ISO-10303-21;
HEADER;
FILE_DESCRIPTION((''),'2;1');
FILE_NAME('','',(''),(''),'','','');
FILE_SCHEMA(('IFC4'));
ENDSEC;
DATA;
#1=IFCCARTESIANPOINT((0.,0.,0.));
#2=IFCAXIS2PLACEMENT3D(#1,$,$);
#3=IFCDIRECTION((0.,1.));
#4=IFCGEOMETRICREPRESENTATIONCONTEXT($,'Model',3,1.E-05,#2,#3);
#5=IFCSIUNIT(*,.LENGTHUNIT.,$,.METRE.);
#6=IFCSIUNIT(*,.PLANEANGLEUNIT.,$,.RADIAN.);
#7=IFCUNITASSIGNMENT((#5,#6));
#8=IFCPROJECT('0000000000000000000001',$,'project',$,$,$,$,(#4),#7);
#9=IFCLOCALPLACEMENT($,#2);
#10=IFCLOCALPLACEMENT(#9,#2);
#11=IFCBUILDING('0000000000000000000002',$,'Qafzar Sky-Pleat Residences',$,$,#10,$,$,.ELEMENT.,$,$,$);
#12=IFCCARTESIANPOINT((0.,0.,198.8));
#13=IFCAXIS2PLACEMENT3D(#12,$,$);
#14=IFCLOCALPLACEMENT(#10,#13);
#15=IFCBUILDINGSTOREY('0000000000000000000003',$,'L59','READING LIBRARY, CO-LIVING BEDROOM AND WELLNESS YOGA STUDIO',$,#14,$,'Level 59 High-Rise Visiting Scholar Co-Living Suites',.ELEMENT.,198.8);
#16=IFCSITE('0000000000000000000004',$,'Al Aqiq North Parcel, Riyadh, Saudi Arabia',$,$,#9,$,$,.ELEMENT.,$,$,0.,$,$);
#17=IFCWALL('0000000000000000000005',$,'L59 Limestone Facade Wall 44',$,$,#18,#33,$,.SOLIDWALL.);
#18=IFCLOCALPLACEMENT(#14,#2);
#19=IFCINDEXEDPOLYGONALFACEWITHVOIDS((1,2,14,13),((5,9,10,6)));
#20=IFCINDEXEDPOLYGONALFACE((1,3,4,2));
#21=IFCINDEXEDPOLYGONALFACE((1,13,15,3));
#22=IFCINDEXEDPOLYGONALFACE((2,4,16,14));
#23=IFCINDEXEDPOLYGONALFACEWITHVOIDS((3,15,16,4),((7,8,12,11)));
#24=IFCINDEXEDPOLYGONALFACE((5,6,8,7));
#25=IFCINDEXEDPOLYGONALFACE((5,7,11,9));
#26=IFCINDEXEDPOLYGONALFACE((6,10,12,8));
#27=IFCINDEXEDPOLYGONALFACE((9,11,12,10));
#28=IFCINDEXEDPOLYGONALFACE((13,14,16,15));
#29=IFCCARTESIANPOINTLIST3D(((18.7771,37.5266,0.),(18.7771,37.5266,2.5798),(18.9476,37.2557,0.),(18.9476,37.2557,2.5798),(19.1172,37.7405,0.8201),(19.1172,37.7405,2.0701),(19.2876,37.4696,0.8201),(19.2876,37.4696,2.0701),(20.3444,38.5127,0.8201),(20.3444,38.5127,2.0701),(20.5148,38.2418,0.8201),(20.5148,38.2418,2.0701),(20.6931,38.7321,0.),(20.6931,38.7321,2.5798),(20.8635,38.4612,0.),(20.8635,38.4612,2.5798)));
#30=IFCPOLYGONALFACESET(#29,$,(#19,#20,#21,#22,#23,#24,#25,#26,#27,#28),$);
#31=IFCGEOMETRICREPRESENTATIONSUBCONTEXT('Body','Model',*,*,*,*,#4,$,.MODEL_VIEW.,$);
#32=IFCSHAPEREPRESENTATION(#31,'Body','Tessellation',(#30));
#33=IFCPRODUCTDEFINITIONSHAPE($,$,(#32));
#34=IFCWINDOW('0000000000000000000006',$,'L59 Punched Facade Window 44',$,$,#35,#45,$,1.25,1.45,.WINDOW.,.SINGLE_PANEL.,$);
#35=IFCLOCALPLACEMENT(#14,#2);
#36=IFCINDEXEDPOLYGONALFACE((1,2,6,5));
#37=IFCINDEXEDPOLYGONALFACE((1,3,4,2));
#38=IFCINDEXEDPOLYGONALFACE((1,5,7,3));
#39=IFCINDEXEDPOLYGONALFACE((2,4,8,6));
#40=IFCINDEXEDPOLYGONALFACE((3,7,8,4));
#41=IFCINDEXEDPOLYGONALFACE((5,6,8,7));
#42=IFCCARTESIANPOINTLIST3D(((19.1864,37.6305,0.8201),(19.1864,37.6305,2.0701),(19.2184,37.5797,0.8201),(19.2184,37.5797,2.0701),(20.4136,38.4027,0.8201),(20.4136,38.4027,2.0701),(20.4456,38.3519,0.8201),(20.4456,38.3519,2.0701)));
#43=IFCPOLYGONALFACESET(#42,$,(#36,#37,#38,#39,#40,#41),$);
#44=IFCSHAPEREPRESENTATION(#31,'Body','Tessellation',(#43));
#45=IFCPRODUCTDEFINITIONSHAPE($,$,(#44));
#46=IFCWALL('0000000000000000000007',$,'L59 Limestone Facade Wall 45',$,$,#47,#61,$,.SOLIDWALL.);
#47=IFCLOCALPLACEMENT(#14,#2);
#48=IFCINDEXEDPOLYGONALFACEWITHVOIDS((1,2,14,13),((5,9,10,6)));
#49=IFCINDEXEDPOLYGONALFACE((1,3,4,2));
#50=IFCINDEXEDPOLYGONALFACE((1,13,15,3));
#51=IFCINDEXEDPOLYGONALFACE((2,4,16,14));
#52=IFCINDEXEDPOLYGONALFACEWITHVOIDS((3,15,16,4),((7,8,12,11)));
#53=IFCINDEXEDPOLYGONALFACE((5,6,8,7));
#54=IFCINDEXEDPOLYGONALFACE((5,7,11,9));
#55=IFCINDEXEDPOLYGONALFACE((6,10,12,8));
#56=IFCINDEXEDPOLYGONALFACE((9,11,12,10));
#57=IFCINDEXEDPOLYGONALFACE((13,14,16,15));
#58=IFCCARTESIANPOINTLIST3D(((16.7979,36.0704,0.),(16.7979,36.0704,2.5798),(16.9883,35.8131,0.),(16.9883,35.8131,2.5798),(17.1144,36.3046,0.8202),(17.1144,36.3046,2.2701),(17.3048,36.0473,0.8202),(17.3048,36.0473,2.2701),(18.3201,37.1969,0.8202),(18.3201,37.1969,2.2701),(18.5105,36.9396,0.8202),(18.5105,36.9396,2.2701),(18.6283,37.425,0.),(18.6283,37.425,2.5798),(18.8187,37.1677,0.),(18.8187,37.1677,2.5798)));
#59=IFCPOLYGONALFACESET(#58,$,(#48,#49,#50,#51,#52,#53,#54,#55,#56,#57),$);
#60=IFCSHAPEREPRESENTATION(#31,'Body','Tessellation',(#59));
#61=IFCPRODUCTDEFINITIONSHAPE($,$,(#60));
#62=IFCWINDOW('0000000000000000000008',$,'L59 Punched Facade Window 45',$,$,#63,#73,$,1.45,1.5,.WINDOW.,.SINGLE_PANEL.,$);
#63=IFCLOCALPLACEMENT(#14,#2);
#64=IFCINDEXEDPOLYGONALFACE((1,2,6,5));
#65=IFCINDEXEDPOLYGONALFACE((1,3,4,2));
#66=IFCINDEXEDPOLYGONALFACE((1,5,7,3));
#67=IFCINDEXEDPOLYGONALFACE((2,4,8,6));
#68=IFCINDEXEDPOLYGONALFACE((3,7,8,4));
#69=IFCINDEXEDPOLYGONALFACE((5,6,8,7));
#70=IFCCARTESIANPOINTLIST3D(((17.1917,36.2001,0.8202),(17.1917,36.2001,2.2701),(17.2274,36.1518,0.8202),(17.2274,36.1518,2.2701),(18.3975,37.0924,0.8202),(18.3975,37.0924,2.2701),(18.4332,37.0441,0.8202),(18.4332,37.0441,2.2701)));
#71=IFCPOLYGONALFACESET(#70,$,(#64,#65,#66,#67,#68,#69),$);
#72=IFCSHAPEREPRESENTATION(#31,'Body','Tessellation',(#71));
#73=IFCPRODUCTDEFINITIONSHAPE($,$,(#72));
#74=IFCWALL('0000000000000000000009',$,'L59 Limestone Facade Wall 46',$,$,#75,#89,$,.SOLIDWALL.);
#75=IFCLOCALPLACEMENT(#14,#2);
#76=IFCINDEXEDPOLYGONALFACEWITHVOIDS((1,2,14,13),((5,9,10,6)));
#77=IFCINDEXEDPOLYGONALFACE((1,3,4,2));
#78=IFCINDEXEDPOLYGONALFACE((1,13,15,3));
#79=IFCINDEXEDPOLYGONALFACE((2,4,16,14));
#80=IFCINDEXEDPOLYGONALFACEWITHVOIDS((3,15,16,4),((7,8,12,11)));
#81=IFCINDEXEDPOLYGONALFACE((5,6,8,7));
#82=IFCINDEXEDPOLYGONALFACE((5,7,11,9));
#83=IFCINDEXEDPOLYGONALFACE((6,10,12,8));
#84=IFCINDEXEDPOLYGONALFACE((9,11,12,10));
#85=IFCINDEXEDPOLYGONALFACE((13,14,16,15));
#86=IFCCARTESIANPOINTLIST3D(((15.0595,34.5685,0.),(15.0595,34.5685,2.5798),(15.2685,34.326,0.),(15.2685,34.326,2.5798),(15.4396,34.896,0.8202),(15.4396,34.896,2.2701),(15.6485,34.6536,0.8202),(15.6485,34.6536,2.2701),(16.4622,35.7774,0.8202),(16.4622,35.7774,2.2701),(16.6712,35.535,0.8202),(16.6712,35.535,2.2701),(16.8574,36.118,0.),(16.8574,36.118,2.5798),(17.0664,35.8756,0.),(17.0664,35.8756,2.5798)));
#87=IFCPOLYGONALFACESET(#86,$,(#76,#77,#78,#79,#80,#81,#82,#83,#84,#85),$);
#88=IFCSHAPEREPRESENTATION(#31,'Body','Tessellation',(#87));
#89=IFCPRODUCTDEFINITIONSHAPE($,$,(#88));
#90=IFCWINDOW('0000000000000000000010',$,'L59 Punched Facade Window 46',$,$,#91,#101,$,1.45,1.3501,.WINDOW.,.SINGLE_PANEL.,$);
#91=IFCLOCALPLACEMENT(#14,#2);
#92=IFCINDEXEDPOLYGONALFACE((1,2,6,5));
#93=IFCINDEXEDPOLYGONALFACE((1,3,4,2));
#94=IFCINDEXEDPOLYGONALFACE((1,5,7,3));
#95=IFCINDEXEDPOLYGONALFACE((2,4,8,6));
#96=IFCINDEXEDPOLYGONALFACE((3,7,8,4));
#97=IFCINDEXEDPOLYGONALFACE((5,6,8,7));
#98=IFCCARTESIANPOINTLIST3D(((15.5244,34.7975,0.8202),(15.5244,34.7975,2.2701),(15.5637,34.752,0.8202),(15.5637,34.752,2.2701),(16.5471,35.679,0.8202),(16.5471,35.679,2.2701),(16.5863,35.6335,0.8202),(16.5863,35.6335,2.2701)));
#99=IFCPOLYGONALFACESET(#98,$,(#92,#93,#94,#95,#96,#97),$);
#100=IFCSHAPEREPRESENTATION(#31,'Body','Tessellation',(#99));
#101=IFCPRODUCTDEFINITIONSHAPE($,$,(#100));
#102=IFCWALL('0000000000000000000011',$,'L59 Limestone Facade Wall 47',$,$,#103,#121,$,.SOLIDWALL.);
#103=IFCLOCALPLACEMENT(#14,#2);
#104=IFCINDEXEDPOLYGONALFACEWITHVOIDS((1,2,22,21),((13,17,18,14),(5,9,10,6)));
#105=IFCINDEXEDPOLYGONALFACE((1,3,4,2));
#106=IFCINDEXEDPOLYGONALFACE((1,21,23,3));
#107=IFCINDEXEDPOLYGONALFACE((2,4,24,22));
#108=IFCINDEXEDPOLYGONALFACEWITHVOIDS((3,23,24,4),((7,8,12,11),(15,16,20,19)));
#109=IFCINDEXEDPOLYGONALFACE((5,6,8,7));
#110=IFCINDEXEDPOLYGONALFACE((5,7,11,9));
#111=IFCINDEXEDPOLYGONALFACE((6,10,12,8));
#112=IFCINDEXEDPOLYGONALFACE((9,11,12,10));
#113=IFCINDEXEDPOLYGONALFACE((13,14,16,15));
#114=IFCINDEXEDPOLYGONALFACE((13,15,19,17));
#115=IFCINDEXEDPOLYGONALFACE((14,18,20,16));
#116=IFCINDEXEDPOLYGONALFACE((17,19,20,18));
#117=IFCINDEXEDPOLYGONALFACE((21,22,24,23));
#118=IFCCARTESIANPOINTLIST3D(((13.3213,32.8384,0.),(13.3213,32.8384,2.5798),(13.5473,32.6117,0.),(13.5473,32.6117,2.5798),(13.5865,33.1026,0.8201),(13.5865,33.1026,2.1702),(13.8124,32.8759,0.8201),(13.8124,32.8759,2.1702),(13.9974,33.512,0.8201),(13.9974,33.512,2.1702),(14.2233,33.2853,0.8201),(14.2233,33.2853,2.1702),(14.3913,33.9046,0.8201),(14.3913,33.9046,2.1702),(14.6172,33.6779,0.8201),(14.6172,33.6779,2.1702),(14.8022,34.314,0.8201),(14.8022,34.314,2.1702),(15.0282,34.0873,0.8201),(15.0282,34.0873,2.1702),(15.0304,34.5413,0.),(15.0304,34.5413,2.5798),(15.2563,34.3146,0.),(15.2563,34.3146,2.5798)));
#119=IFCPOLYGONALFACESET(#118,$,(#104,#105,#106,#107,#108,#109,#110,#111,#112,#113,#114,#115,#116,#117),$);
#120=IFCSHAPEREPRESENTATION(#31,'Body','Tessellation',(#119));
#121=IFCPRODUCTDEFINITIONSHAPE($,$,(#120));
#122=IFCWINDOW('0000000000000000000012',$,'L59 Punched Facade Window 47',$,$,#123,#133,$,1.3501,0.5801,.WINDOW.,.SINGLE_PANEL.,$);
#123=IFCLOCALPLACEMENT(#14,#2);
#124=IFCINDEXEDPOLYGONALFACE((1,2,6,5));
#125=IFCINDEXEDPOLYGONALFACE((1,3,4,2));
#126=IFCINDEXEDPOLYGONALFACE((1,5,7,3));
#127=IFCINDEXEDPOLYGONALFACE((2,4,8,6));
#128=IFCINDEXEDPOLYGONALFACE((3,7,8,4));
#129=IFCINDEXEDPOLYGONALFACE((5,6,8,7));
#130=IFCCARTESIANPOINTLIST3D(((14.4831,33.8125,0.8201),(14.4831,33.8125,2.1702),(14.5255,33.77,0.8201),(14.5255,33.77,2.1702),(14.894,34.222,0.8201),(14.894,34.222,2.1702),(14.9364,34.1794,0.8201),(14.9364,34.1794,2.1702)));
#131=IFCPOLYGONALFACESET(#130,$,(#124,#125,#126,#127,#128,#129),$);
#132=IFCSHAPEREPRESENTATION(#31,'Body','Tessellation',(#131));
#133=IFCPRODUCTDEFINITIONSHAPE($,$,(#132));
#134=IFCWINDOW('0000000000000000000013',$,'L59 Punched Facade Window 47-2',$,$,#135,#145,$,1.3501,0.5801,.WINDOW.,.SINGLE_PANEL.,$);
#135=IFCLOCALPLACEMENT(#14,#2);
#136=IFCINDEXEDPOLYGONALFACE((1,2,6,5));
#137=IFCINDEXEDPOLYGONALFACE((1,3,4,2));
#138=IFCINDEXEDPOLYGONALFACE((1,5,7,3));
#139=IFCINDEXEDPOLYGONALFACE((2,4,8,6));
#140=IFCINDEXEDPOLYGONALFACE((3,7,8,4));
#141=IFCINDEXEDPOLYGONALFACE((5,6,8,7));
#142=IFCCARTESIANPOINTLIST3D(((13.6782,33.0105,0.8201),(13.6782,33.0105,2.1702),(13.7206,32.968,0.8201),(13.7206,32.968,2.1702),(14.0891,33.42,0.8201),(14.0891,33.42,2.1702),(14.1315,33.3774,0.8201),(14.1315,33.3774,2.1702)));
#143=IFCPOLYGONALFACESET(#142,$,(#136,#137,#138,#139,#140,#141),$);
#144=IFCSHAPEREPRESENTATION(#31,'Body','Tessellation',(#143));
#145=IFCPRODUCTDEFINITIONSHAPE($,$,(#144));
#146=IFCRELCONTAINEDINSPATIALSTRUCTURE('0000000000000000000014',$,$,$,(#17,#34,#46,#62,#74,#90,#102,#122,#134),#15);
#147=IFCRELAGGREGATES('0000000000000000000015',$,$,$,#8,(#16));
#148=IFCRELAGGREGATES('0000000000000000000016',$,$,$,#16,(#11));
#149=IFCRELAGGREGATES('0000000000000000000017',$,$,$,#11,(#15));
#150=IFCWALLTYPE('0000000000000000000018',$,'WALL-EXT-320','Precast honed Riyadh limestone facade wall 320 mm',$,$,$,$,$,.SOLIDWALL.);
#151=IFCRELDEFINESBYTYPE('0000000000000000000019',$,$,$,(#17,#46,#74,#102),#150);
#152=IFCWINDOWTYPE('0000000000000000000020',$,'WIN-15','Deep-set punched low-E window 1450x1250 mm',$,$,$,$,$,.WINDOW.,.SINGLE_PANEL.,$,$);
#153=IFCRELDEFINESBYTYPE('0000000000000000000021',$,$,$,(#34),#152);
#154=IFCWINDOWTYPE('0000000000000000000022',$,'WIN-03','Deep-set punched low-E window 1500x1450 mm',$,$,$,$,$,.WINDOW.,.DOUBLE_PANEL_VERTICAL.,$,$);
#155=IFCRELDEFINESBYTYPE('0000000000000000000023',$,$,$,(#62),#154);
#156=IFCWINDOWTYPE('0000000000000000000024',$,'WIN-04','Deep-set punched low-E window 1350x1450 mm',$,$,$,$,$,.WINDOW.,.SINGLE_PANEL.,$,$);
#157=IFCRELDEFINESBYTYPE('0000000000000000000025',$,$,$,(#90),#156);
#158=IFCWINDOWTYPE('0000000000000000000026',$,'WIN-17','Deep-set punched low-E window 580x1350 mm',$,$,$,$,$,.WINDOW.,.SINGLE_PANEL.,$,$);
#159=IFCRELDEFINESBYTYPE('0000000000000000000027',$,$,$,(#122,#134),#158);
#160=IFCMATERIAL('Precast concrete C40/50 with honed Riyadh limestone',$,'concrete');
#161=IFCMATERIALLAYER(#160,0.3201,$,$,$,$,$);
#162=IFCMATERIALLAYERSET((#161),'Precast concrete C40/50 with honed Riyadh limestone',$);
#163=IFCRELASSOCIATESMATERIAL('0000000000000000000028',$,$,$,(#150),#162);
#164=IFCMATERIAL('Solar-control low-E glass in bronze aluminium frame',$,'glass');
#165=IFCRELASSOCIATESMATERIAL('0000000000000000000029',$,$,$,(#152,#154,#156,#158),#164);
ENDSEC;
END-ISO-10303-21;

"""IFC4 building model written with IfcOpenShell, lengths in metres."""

from ifc_helpers import new_model, si_unit, direction, frame, frame_2d, origin, place, context, subcontext, project, spatial, rectangle, extrude, source, transform, mapped, material, layer, layer_set, type_object, element, fill, save


model = new_model("IFC4")

# Units and contexts
model_context = context("Model", 3, precision=1e-05, world=origin(), true_north=direction((0.0, 1.0)))
body_context = subcontext(model_context, "Body", "Model", "MODEL_VIEW")
ifc_project = project(units=[si_unit("LENGTHUNIT", "METRE"), si_unit("PLANEANGLEUNIT", "RADIAN")], contexts=[model_context])

# Site, building, storey
site_placement = place(None, origin())
site = spatial("IfcSite", under=ifc_project, at=site_placement, Name="Al Aqiq North Parcel, Riyadh, Saudi Arabia", CompositionType="ELEMENT", RefElevation=0.0)
building_placement = place(site_placement, origin())
building = spatial("IfcBuilding", under=site, at=building_placement, Name="Qafzar Sky-Pleat Residences", CompositionType="ELEMENT")
storey_placement = place(building_placement, frame((0.0, 0.0, 198.8)))
storey = spatial("IfcBuildingStorey", under=building, at=storey_placement, Name="L59", Description="READING LIBRARY, CO-LIVING BEDROOM AND WELLNESS YOGA STUDIO", LongName="Level 59 High-Rise Visiting Scholar Co-Living Suites", CompositionType="ELEMENT", Elevation=198.8)

# Walls, openings, windows
ifc_material_1 = material(Name="Precast concrete C40/50 with honed Riyadh limestone", Category="concrete")
ifc_layer_1 = layer(ifc_material_1, 0.3201)
ifc_layer_set_1 = layer_set([ifc_layer_1], Name="Precast concrete C40/50 with honed Riyadh limestone")
wall_type_1 = type_object("IfcWallType", Name="WALL-EXT-320", Description="Precast honed Riyadh limestone facade wall 320 mm", PredefinedType="SOLIDWALL", material=ifc_layer_set_1)
wall_1_placement = place(storey_placement, frame((20.7783, 38.5967, 0.0), z_axis=(0.0, 0.0, 1.0), x_axis=(-0.846395, -0.532556, 0.0)))
wall_1 = element("IfcWall", 1, at=wall_1_placement, inside=storey, type_object=wall_type_1, Name="L59 Limestone Facade Wall 44", PredefinedType="SOLIDWALL", context=body_context, shape_type="SweptSolid", body=[
    extrude(rectangle(XDim=2.2637, YDim=0.3201, at=frame_2d((1.1318, 0.0))), origin(), (0.0, 0.0, 1.0), 2.5798),
])
opening_1_placement = place(wall_1_placement, frame((0.4119, 0.0, 0.8201)))
opening_1 = element("IfcOpeningElement", 2, at=opening_1_placement, cuts=wall_1, PredefinedType="OPENING", context=body_context, shape_type="SweptSolid", body=[
    extrude(rectangle(XDim=1.45, YDim=1.25, at=frame_2d((0.7251, 0.625))), frame((0.0, 0.1699, 0.0), z_axis=(0.0, -1.0, 0.0), x_axis=(1.0, 0.0, 0.0)), (0.0, 0.0, 1.0), 0.3401),
])
ifc_material_2 = material(Name="Solar-control low-E glass in bronze aluminium frame", Category="glass")
window_type_1 = type_object("IfcWindowType", Name="WIN-15", Description="Deep-set punched low-E window 1450x1250 mm", PartitioningType="SINGLE_PANEL", PredefinedType="WINDOW", material=ifc_material_2)
shared_shape_1 = source(origin(), body_context, "Body", "SweptSolid", [
    extrude(rectangle(XDim=1.45, YDim=1.25, at=frame_2d((0.7251, 0.625))), frame((0.0, 0.03, 0.0), z_axis=(0.0, -1.0, 0.0), x_axis=(1.0, 0.0, 0.0)), (0.0, 0.0, 1.0), 0.0601),
])
window_1_placement = place(opening_1_placement, origin())
window_1 = element("IfcWindow", 3, at=window_1_placement, inside=storey, type_object=window_type_1, Name="L59 Punched Facade Window 44", OverallHeight=1.25, OverallWidth=1.45, PartitioningType="SINGLE_PANEL", PredefinedType="WINDOW", context=body_context, shape_type="MappedRepresentation", body=[
    mapped(shared_shape_1, transform((0.0, 0.0, 0.0), x_axis=(1.0, 0.0, 0.0), y_axis=(0.0, 1.0, 0.0), z_axis=(0.0, 0.0, 1.0), scale=1.0)),
])
fill(opening_1, window_1)
wall_2_placement = place(storey_placement, frame((18.7236, 37.2964, 0.0), z_axis=(0.0, 0.0, 1.0), x_axis=(-0.803831, -0.594858, 0.0)))
wall_2 = element("IfcWall", 4, at=wall_2_placement, inside=storey, type_object=wall_type_1, Name="L59 Limestone Facade Wall 45", PredefinedType="SOLIDWALL", context=body_context, shape_type="SweptSolid", body=[
    extrude(rectangle(XDim=2.2771, YDim=0.3201, at=frame_2d((1.1387, 0.0))), origin(), (0.0, 0.0, 1.0), 2.5798),
])
opening_2_placement = place(wall_2_placement, frame((0.3835, 0.0, 0.8201)))
opening_2 = element("IfcOpeningElement", 5, at=opening_2_placement, cuts=wall_2, PredefinedType="OPENING", context=body_context, shape_type="SweptSolid", body=[
    extrude(rectangle(XDim=1.5, YDim=1.45, at=frame_2d((0.75, 0.7251))), frame((0.0, 0.1699, 0.0), z_axis=(0.0, -1.0, 0.0), x_axis=(1.0, 0.0, 0.0)), (0.0, 0.0, 1.0), 0.3401),
])
window_type_2 = type_object("IfcWindowType", Name="WIN-03", Description="Deep-set punched low-E window 1500x1450 mm", PartitioningType="DOUBLE_PANEL_VERTICAL", PredefinedType="WINDOW", material=ifc_material_2)
shared_shape_2 = source(origin(), body_context, "Body", "SweptSolid", [
    extrude(rectangle(XDim=1.5, YDim=1.45, at=frame_2d((0.75, 0.7251))), frame((0.0, 0.03, 0.0), z_axis=(0.0, -1.0, 0.0), x_axis=(1.0, 0.0, 0.0)), (0.0, 0.0, 1.0), 0.0601),
])
window_2_placement = place(opening_2_placement, origin())
window_2 = element("IfcWindow", 6, at=window_2_placement, inside=storey, type_object=window_type_2, Name="L59 Punched Facade Window 45", OverallHeight=1.45, OverallWidth=1.5, PartitioningType="SINGLE_PANEL", PredefinedType="WINDOW", context=body_context, shape_type="MappedRepresentation", body=[
    mapped(shared_shape_2, transform((0.0, 0.0, 0.0), x_axis=(1.0, 0.0, 0.0), y_axis=(0.0, 1.0, 0.0), z_axis=(0.0, 0.0, 1.0), scale=1.0)),
])
fill(opening_2, window_2)
wall_3_placement = place(storey_placement, frame((16.9619, 35.9968, 0.0), z_axis=(0.0, 0.0, 1.0), x_axis=(-0.757475, -0.652864, 0.0)))
wall_3 = element("IfcWall", 7, at=wall_3_placement, inside=storey, type_object=wall_type_1, Name="L59 Limestone Facade Wall 46", PredefinedType="SOLIDWALL", context=body_context, shape_type="SweptSolid", body=[
    extrude(rectangle(XDim=2.3735, YDim=0.3201, at=frame_2d((1.1868, 0.0))), origin(), (0.0, 0.0, 1.0), 2.5798),
])
opening_3_placement = place(wall_3_placement, frame((0.5217, 0.0, 0.8201)))
opening_3 = element("IfcOpeningElement", 8, at=opening_3_placement, cuts=wall_3, PredefinedType="OPENING", context=body_context, shape_type="SweptSolid", body=[
    extrude(rectangle(XDim=1.3501, YDim=1.45, at=frame_2d((0.675, 0.7251))), frame((0.0, 0.1699, 0.0), z_axis=(0.0, -1.0, 0.0), x_axis=(1.0, 0.0, 0.0)), (0.0, 0.0, 1.0), 0.3401),
])
window_type_3 = type_object("IfcWindowType", Name="WIN-04", Description="Deep-set punched low-E window 1350x1450 mm", PartitioningType="SINGLE_PANEL", PredefinedType="WINDOW", material=ifc_material_2)
shared_shape_3 = source(origin(), body_context, "Body", "SweptSolid", [
    extrude(rectangle(XDim=1.3501, YDim=1.45, at=frame_2d((0.675, 0.7251))), frame((0.0, 0.03, 0.0), z_axis=(0.0, -1.0, 0.0), x_axis=(1.0, 0.0, 0.0)), (0.0, 0.0, 1.0), 0.0601),
])
window_3_placement = place(opening_3_placement, origin())
window_3 = element("IfcWindow", 9, at=window_3_placement, inside=storey, type_object=window_type_3, Name="L59 Punched Facade Window 46", OverallHeight=1.45, OverallWidth=1.3501, PartitioningType="SINGLE_PANEL", PredefinedType="WINDOW", context=body_context, shape_type="MappedRepresentation", body=[
    mapped(shared_shape_3, transform((0.0, 0.0, 0.0), x_axis=(1.0, 0.0, 0.0), y_axis=(0.0, 1.0, 0.0), z_axis=(0.0, 0.0, 1.0), scale=1.0)),
])
fill(opening_3, window_3)

# Wall, openings, windows
wall_4_placement = place(storey_placement, frame((15.1433, 34.428, 0.0), z_axis=(0.0, 0.0, 1.0), x_axis=(-0.708371, -0.705841, 0.0)))
wall_4 = element("IfcWall", 10, at=wall_4_placement, inside=storey, type_object=wall_type_1, Name="L59 Limestone Facade Wall 47", PredefinedType="SOLIDWALL", context=body_context, shape_type="SweptSolid", body=[
    extrude(rectangle(XDim=2.4126, YDim=0.3201, at=frame_2d((1.2063, 0.0))), origin(), (0.0, 0.0, 1.0), 2.5798),
])
opening_4_placement = place(wall_4_placement, frame((0.322, 0.0, 0.8201)))
opening_4 = element("IfcOpeningElement", 11, at=opening_4_placement, cuts=wall_4, PredefinedType="OPENING", context=body_context, shape_type="SweptSolid", body=[
    extrude(rectangle(XDim=0.5801, YDim=1.3501, at=frame_2d((0.29, 0.675))), frame((0.0, 0.1699, 0.0), z_axis=(0.0, -1.0, 0.0), x_axis=(1.0, 0.0, 0.0)), (0.0, 0.0, 1.0), 0.3401),
])
opening_5_placement = place(wall_4_placement, frame((1.4583, 0.0, 0.8201)))
opening_5 = element("IfcOpeningElement", 12, at=opening_5_placement, cuts=wall_4, PredefinedType="OPENING", context=body_context, shape_type="SweptSolid", body=[
    extrude(rectangle(XDim=0.5801, YDim=1.3501, at=frame_2d((0.29, 0.675))), frame((0.0, 0.1699, 0.0), z_axis=(0.0, -1.0, 0.0), x_axis=(1.0, 0.0, 0.0)), (0.0, 0.0, 1.0), 0.3401),
])
window_type_4 = type_object("IfcWindowType", Name="WIN-17", Description="Deep-set punched low-E window 580x1350 mm", PartitioningType="SINGLE_PANEL", PredefinedType="WINDOW", material=ifc_material_2)
shared_shape_4 = source(origin(), body_context, "Body", "SweptSolid", [
    extrude(rectangle(XDim=0.5801, YDim=1.3501, at=frame_2d((0.29, 0.675))), frame((0.0, 0.03, 0.0), z_axis=(0.0, -1.0, 0.0), x_axis=(1.0, 0.0, 0.0)), (0.0, 0.0, 1.0), 0.0601),
])
window_4_placement = place(opening_4_placement, origin())
window_4 = element("IfcWindow", 13, at=window_4_placement, inside=storey, type_object=window_type_4, Name="L59 Punched Facade Window 47", OverallHeight=1.3501, OverallWidth=0.5801, PartitioningType="SINGLE_PANEL", PredefinedType="WINDOW", context=body_context, shape_type="MappedRepresentation", body=[
    mapped(shared_shape_4, transform((0.0, 0.0, 0.0), x_axis=(1.0, 0.0, 0.0), y_axis=(0.0, 1.0, 0.0), z_axis=(0.0, 0.0, 1.0), scale=1.0)),
])
fill(opening_4, window_4)
window_5_placement = place(opening_5_placement, origin())
window_5 = element("IfcWindow", 14, at=window_5_placement, inside=storey, type_object=window_type_4, Name="L59 Punched Facade Window 47-2", OverallHeight=1.3501, OverallWidth=0.5801, PartitioningType="SINGLE_PANEL", PredefinedType="WINDOW", context=body_context, shape_type="MappedRepresentation", body=[
    mapped(shared_shape_4, transform((0.0, 0.0, 0.0), x_axis=(1.0, 0.0, 0.0), y_axis=(0.0, 1.0, 0.0), z_axis=(0.0, 0.0, 1.0), scale=1.0)),
])
fill(opening_5, window_5)

save(model, "model.ifc")
